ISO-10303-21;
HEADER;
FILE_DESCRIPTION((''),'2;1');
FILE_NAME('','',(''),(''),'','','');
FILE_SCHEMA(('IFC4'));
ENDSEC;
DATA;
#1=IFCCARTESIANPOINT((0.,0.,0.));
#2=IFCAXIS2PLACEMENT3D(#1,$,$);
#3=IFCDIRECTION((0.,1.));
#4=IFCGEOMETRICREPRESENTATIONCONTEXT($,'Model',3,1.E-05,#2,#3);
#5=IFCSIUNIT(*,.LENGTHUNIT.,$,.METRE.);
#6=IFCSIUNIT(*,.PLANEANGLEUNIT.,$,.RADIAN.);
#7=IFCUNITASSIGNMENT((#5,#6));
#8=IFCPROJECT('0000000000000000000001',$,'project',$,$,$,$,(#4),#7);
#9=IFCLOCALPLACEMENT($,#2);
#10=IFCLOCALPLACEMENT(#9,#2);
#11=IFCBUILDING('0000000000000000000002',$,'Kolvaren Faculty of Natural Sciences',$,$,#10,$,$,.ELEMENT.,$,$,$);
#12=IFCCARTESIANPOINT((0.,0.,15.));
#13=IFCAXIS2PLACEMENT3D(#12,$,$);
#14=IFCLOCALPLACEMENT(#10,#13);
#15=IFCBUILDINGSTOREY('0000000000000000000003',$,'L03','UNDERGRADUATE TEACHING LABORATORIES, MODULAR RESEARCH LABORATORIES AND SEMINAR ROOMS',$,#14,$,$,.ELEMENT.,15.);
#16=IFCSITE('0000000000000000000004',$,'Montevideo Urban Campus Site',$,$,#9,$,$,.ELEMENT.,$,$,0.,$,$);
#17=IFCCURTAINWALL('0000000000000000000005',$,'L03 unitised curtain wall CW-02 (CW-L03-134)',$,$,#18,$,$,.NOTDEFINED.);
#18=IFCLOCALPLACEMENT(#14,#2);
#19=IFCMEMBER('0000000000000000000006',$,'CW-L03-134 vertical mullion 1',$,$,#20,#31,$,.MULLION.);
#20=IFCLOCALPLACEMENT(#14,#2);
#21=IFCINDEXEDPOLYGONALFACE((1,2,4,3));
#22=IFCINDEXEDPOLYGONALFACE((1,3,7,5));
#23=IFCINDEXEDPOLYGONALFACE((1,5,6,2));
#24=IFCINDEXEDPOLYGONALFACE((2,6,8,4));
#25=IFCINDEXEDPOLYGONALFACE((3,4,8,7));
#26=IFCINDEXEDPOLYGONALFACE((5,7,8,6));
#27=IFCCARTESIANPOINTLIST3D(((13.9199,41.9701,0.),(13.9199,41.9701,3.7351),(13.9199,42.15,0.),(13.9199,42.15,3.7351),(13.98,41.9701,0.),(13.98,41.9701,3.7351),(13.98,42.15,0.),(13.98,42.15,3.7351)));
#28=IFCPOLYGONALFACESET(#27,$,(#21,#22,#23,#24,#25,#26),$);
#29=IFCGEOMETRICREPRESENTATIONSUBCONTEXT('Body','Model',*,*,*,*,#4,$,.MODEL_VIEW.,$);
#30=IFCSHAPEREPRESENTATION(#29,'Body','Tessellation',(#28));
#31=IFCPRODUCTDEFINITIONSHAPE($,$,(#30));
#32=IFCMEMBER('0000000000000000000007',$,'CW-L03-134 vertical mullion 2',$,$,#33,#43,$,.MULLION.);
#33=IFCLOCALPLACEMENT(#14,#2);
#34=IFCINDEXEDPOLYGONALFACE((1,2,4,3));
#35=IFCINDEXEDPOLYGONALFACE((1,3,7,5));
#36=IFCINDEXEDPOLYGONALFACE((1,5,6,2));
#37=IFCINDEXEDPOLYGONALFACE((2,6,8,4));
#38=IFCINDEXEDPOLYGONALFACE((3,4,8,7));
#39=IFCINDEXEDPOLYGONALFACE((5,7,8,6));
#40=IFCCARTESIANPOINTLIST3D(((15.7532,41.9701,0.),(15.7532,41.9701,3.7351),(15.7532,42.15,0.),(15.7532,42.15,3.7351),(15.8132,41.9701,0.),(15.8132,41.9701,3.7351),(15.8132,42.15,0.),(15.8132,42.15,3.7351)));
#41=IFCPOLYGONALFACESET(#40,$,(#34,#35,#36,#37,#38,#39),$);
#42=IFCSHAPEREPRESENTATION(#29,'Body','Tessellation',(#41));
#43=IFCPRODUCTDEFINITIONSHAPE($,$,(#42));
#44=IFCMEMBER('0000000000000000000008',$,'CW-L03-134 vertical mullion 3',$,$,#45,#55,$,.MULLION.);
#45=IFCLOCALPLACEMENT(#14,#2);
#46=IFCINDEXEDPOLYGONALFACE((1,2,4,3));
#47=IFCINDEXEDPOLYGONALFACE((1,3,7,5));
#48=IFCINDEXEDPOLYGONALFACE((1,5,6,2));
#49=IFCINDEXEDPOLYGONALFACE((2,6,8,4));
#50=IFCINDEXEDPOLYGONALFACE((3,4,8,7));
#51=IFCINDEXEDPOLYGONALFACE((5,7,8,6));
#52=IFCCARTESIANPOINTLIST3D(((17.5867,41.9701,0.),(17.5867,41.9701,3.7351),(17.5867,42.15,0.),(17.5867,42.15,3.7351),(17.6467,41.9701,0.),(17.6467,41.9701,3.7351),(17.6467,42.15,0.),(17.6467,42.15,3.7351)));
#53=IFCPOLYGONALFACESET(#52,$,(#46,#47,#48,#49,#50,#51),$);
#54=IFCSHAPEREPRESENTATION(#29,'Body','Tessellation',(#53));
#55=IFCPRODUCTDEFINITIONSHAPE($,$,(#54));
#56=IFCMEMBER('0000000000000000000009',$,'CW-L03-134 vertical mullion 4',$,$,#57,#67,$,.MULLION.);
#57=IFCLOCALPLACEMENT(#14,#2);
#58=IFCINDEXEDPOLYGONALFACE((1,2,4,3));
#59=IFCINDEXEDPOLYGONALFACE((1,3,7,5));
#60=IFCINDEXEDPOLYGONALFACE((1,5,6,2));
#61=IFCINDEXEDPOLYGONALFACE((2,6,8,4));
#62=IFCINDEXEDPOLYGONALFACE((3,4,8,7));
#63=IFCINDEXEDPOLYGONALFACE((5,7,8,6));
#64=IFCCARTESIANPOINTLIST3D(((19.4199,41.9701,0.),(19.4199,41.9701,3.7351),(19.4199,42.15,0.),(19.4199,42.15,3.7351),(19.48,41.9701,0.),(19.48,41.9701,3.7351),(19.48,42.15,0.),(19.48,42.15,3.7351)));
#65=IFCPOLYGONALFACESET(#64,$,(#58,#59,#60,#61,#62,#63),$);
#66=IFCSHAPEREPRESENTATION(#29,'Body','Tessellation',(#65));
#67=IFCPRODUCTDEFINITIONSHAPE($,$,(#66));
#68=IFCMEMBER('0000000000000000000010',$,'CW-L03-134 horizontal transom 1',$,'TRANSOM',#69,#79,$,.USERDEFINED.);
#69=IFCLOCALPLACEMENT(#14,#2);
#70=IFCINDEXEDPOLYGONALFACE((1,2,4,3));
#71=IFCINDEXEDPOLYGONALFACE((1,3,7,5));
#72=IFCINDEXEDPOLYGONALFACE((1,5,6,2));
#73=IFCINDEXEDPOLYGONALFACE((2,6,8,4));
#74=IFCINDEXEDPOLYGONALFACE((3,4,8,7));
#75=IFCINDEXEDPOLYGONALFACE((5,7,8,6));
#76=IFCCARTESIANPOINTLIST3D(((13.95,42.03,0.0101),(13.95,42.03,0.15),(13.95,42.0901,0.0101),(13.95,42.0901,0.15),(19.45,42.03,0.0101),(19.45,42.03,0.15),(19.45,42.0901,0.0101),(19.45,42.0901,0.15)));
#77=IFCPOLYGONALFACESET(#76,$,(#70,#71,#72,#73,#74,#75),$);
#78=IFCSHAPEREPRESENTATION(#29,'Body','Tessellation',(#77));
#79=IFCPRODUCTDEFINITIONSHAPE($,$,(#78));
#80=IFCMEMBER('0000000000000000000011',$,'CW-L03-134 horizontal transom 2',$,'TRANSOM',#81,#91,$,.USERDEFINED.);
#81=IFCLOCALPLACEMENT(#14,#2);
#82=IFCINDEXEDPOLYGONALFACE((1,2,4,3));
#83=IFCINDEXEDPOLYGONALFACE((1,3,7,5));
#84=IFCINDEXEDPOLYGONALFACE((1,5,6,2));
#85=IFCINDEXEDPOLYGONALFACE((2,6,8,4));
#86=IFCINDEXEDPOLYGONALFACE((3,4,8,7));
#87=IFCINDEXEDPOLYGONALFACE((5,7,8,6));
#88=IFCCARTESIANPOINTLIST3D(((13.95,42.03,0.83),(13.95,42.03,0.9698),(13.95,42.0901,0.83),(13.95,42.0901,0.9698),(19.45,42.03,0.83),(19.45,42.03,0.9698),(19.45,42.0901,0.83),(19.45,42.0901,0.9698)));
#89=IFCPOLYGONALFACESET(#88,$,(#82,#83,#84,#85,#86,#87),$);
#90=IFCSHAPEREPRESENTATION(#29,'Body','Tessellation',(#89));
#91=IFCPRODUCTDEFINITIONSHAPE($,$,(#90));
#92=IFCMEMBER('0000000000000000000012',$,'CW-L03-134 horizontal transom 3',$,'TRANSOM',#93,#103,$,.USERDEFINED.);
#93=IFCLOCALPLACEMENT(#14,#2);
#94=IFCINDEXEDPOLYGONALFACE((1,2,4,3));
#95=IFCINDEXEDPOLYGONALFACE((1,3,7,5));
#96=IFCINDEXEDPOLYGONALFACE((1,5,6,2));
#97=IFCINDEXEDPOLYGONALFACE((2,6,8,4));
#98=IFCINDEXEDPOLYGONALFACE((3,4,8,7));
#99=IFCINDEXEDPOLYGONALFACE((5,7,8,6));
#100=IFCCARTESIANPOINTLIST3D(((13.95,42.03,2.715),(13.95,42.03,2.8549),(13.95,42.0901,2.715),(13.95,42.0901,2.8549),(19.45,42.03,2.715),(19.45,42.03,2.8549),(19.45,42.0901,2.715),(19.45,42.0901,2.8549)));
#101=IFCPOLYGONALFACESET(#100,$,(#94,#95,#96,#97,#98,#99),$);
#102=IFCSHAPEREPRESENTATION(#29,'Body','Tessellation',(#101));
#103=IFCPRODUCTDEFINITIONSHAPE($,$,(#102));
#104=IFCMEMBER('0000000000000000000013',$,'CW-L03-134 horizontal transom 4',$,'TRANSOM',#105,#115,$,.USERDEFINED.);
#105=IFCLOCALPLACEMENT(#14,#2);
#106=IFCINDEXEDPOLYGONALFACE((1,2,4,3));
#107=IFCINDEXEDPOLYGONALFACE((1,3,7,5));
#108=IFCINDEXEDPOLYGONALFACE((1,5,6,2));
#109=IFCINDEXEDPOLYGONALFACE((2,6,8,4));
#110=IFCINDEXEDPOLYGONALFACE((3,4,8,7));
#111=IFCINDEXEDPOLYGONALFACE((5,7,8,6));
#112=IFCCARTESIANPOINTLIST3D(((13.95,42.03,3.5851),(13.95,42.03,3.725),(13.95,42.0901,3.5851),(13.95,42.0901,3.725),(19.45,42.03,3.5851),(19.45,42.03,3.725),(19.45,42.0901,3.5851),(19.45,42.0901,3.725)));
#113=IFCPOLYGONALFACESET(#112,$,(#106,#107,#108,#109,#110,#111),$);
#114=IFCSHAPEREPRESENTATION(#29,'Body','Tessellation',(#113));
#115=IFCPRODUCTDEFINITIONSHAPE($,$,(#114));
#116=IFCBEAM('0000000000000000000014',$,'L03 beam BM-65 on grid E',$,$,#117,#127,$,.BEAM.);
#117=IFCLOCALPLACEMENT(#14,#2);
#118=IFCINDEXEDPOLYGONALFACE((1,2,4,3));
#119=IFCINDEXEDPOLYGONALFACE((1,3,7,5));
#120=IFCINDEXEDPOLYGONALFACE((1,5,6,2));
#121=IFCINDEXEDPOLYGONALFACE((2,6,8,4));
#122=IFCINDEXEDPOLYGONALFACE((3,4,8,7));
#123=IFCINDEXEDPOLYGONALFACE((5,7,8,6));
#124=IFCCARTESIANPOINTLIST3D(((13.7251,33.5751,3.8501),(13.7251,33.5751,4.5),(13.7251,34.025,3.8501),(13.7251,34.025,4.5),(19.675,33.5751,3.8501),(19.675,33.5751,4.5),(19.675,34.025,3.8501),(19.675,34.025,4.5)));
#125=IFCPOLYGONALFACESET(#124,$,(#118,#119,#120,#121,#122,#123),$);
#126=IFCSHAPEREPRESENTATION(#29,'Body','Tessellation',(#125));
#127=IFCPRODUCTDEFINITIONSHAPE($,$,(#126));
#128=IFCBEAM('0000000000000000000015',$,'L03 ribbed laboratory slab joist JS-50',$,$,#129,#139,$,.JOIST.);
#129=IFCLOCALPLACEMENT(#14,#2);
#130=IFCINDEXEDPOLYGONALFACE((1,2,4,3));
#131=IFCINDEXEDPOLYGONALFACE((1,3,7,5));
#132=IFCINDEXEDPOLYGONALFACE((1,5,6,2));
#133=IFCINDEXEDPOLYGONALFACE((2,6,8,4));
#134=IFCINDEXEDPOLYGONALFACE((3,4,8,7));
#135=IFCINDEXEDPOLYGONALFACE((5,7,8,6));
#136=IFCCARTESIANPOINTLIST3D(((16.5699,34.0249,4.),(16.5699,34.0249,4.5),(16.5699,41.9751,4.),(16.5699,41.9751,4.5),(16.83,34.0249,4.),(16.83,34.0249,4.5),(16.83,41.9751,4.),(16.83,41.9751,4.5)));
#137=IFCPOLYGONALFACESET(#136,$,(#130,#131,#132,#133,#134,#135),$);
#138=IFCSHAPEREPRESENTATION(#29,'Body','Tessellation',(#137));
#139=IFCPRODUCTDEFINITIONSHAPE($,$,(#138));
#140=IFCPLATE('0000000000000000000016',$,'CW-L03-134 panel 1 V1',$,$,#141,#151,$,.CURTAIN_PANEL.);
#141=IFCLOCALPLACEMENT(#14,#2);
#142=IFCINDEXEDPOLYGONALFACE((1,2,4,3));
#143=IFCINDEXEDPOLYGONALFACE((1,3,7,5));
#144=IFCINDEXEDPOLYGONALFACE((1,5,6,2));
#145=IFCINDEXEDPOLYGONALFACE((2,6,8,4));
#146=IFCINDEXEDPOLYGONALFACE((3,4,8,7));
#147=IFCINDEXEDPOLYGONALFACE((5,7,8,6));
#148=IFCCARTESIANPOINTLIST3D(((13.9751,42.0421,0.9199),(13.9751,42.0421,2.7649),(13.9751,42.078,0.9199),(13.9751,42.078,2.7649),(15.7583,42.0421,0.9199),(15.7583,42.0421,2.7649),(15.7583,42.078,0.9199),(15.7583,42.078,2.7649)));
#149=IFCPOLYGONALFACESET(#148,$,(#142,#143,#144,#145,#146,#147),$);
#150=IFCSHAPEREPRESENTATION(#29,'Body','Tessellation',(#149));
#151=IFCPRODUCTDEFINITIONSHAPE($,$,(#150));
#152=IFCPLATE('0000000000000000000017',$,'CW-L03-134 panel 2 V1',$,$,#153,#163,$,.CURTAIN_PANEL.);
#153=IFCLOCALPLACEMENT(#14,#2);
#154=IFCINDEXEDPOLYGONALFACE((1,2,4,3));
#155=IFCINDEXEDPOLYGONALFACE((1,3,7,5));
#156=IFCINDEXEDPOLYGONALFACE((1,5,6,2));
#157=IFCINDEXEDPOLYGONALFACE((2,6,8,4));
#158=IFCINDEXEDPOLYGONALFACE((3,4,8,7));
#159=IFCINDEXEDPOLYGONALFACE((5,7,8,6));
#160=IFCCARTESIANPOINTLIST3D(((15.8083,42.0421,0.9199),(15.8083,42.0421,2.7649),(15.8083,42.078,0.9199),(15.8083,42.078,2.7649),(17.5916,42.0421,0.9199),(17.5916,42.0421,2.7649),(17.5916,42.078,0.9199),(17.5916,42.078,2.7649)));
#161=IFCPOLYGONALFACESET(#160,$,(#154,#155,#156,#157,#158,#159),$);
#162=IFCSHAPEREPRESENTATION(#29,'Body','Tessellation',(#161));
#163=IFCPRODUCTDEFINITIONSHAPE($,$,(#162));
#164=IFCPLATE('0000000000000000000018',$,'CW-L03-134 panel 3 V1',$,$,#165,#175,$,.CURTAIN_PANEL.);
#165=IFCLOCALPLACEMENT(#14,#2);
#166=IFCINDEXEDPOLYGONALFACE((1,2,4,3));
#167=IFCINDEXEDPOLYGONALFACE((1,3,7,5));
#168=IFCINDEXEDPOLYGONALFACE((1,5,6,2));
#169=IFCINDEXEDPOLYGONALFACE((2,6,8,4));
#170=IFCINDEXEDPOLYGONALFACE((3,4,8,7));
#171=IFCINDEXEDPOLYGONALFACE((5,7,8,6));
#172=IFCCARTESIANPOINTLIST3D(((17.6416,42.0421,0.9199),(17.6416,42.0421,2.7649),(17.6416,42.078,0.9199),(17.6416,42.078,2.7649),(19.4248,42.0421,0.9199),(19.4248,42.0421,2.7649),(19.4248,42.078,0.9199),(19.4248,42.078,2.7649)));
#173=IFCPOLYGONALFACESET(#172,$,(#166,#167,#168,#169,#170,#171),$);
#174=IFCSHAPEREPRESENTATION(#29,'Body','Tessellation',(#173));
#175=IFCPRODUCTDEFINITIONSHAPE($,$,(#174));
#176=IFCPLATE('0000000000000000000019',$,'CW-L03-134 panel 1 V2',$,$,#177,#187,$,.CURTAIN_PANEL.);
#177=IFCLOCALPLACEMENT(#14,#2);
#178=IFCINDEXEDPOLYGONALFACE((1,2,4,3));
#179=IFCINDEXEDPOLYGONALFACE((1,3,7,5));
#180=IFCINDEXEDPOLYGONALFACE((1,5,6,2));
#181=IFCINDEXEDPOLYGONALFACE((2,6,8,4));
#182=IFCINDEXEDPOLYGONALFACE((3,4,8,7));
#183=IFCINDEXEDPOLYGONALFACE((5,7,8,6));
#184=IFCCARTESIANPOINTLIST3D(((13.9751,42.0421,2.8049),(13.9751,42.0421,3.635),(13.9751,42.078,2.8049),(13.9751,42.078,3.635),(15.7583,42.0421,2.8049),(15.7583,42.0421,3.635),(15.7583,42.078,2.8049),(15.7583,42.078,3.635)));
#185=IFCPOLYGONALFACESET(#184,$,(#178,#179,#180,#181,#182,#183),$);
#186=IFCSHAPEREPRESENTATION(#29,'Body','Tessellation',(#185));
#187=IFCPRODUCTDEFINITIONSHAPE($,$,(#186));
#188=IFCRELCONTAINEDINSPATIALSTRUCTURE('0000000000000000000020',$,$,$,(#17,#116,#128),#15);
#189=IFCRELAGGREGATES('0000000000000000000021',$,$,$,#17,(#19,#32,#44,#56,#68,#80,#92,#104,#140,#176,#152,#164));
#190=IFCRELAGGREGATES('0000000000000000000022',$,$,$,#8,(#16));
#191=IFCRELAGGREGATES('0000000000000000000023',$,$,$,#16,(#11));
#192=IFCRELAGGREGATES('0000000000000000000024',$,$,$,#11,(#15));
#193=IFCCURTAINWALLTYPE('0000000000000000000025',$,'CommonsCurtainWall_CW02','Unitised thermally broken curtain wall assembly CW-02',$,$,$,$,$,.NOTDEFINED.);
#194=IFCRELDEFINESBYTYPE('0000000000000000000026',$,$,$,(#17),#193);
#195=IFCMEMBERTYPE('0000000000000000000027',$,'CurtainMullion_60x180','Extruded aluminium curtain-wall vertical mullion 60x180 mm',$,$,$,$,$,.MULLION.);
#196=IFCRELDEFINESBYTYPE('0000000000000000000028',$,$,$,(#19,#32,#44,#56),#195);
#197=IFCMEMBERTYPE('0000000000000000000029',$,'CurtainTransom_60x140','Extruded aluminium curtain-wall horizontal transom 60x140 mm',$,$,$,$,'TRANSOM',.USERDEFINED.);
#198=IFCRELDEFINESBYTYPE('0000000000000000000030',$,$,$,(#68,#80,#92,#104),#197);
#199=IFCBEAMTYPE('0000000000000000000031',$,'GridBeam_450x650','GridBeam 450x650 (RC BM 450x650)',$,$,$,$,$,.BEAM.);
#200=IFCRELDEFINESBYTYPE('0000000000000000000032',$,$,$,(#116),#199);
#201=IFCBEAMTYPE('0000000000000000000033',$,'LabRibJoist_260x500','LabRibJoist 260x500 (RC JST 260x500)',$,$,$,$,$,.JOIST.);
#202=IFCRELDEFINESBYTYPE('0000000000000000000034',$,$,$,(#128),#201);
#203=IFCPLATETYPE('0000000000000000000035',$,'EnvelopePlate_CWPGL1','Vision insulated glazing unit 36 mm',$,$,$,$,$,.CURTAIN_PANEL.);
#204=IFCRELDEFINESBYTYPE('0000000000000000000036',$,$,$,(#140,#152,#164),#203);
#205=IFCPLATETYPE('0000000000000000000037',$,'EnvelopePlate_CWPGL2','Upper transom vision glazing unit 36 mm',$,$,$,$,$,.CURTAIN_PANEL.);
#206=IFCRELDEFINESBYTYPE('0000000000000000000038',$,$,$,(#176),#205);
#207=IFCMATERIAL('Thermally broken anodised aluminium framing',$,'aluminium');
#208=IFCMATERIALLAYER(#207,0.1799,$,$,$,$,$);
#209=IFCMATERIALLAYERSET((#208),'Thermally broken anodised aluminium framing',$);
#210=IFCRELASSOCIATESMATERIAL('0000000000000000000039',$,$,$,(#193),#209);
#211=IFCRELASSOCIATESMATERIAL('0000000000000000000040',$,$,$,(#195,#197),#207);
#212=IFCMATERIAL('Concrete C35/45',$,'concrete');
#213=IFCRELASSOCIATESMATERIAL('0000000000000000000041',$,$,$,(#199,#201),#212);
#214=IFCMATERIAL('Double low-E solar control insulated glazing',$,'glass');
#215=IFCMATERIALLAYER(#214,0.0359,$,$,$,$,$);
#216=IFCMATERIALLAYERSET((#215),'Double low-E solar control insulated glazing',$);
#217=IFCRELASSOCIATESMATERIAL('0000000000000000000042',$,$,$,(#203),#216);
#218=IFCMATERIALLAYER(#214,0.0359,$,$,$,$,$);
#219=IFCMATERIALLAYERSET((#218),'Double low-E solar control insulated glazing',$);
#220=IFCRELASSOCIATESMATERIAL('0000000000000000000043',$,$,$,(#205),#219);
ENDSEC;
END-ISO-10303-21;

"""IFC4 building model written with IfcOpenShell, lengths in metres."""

from ifc_helpers import new_model, si_unit, direction, frame, origin, origin_2d, place, context, subcontext, project, spatial, rectangle, extrude, material, layer, layer_set, material_profile, profile_set, type_object, element, aggregate, save


model = new_model("IFC4")

# Units and contexts
model_context = context("Model", 3, precision=1e-05, world=origin(), true_north=direction((0.0, 1.0)))
body_context = subcontext(model_context, "Body", "Model", "MODEL_VIEW")
ifc_project = project(units=[si_unit("LENGTHUNIT", "METRE"), si_unit("PLANEANGLEUNIT", "RADIAN")], contexts=[model_context])

# Site, building, storey
site_placement = place(None, origin())
site = spatial("IfcSite", under=ifc_project, at=site_placement, Name="Montevideo Urban Campus Site", CompositionType="ELEMENT", RefElevation=0.0)
building_placement = place(site_placement, origin())
building = spatial("IfcBuilding", under=site, at=building_placement, Name="Kolvaren Faculty of Natural Sciences", CompositionType="ELEMENT")
storey_placement = place(building_placement, frame((0.0, 0.0, 15.0)))
storey = spatial("IfcBuildingStorey", under=building, at=storey_placement, Name="L03", Description="UNDERGRADUATE TEACHING LABORATORIES, MODULAR RESEARCH LABORATORIES AND SEMINAR ROOMS", CompositionType="ELEMENT", Elevation=15.0)

# Curtain wall, members
ifc_material_1 = material(Name="Thermally broken anodised aluminium framing", Category="aluminium")
ifc_layer_1 = layer(ifc_material_1, 0.1799)
ifc_layer_set_1 = layer_set([ifc_layer_1], Name="Thermally broken anodised aluminium framing")
curtain_wall_type = type_object("IfcCurtainWallType", Name="CommonsCurtainWall_CW02", Description="Unitised thermally broken curtain wall assembly CW-02", PredefinedType="NOTDEFINED", material=ifc_layer_set_1)
curtain_wall_placement = place(storey_placement, origin())
curtain_wall = element("IfcCurtainWall", 1, at=curtain_wall_placement, inside=storey, type_object=curtain_wall_type, Name="L03 unitised curtain wall CW-02 (CW-L03-134)", PredefinedType="NOTDEFINED")
ifc_material_profile_1 = material_profile(ifc_material_1, rectangle(XDim=0.0601, YDim=0.1799, at=origin_2d()), Name="ALU MUL 60x180")
ifc_profile_set_1 = profile_set([ifc_material_profile_1], Name="Thermally broken anodised aluminium framing")
member_type_1 = type_object("IfcMemberType", Name="CurtainMullion_60x180", Description="Extruded aluminium curtain-wall vertical mullion 60x180 mm", PredefinedType="MULLION", material=ifc_profile_set_1)
member_1_placement = place(storey_placement, frame((13.95, 42.0601, 0.0), z_axis=(0.0, 0.0, 1.0), x_axis=(1.0, 0.0, 0.0)))
member_1 = element("IfcMember", 2, at=member_1_placement, type_object=member_type_1, Name="CW-L03-134 vertical mullion 1", PredefinedType="MULLION", context=body_context, shape_type="SweptSolid", body=[
    extrude(rectangle(XDim=0.0601, YDim=0.1799, at=origin_2d()), origin(), (0.0, 0.0, 1.0), 3.7351),
])
member_2_placement = place(storey_placement, frame((15.7832, 42.0601, 0.0), z_axis=(0.0, 0.0, 1.0), x_axis=(1.0, 0.0, 0.0)))
member_2 = element("IfcMember", 3, at=member_2_placement, type_object=member_type_1, Name="CW-L03-134 vertical mullion 2", PredefinedType="MULLION", context=body_context, shape_type="SweptSolid", body=[
    extrude(rectangle(XDim=0.0601, YDim=0.1799, at=origin_2d()), origin(), (0.0, 0.0, 1.0), 3.7351),
])
member_3_placement = place(storey_placement, frame((17.6167, 42.0601, 0.0), z_axis=(0.0, 0.0, 1.0), x_axis=(1.0, 0.0, 0.0)))
member_3 = element("IfcMember", 4, at=member_3_placement, type_object=member_type_1, Name="CW-L03-134 vertical mullion 3", PredefinedType="MULLION", context=body_context, shape_type="SweptSolid", body=[
    extrude(rectangle(XDim=0.0601, YDim=0.1799, at=origin_2d()), origin(), (0.0, 0.0, 1.0), 3.7351),
])
member_4_placement = place(storey_placement, frame((19.45, 42.0601, 0.0), z_axis=(0.0, 0.0, 1.0), x_axis=(1.0, 0.0, 0.0)))
member_4 = element("IfcMember", 5, at=member_4_placement, type_object=member_type_1, Name="CW-L03-134 vertical mullion 4", PredefinedType="MULLION", context=body_context, shape_type="SweptSolid", body=[
    extrude(rectangle(XDim=0.0601, YDim=0.1799, at=origin_2d()), origin(), (0.0, 0.0, 1.0), 3.7351),
])
ifc_material_profile_2 = material_profile(ifc_material_1, rectangle(XDim=0.0601, YDim=0.1399, at=origin_2d()), Name="ALU TRN 60x140")
ifc_profile_set_2 = profile_set([ifc_material_profile_2], Name="Thermally broken anodised aluminium framing")
member_type_2 = type_object("IfcMemberType", Name="CurtainTransom_60x140", Description="Extruded aluminium curtain-wall horizontal transom 60x140 mm", ElementType="TRANSOM", PredefinedType="USERDEFINED", material=ifc_profile_set_2)
member_5_placement = place(storey_placement, frame((13.95, 42.0601, 0.0801), z_axis=(1.0, 0.0, 0.0), x_axis=(0.0, 1.0, 0.0)))
member_5 = element("IfcMember", 6, at=member_5_placement, type_object=member_type_2, Name="CW-L03-134 horizontal transom 1", ObjectType="TRANSOM", PredefinedType="USERDEFINED", context=body_context, shape_type="SweptSolid", body=[
    extrude(rectangle(XDim=0.0601, YDim=0.1399, at=origin_2d()), origin(), (0.0, 0.0, 1.0), 5.5),
])
member_6_placement = place(storey_placement, frame((13.95, 42.0601, 0.8999), z_axis=(1.0, 0.0, 0.0), x_axis=(0.0, 1.0, 0.0)))
member_6 = element("IfcMember", 7, at=member_6_placement, type_object=member_type_2, Name="CW-L03-134 horizontal transom 2", ObjectType="TRANSOM", PredefinedType="USERDEFINED", context=body_context, shape_type="SweptSolid", body=[
    extrude(rectangle(XDim=0.0601, YDim=0.1399, at=origin_2d()), origin(), (0.0, 0.0, 1.0), 5.5),
])
member_7_placement = place(storey_placement, frame((13.95, 42.0601, 2.7849), z_axis=(1.0, 0.0, 0.0), x_axis=(0.0, 1.0, 0.0)))
member_7 = element("IfcMember", 8, at=member_7_placement, type_object=member_type_2, Name="CW-L03-134 horizontal transom 3", ObjectType="TRANSOM", PredefinedType="USERDEFINED", context=body_context, shape_type="SweptSolid", body=[
    extrude(rectangle(XDim=0.0601, YDim=0.1399, at=origin_2d()), origin(), (0.0, 0.0, 1.0), 5.5),
])
member_8_placement = place(storey_placement, frame((13.95, 42.0601, 3.655), z_axis=(1.0, 0.0, 0.0), x_axis=(0.0, 1.0, 0.0)))
member_8 = element("IfcMember", 9, at=member_8_placement, type_object=member_type_2, Name="CW-L03-134 horizontal transom 4", ObjectType="TRANSOM", PredefinedType="USERDEFINED", context=body_context, shape_type="SweptSolid", body=[
    extrude(rectangle(XDim=0.0601, YDim=0.1399, at=origin_2d()), origin(), (0.0, 0.0, 1.0), 5.5),
])

# Beams
ifc_material_2 = material(Name="Concrete C35/45", Category="concrete")
ifc_material_profile_3 = material_profile(ifc_material_2, rectangle(XDim=0.45, YDim=0.6499, at=origin_2d()), Name="RC BM 450x650")
ifc_profile_set_3 = profile_set([ifc_material_profile_3], Name="Concrete C35/45")
beam_type_1 = type_object("IfcBeamType", Name="GridBeam_450x650", Description="GridBeam 450x650 (RC BM 450x650)", PredefinedType="BEAM", material=ifc_profile_set_3)
beam_1_placement = place(storey_placement, frame((13.7251, 33.8, 4.175), z_axis=(1.0, 0.0, 0.0), x_axis=(0.0, 1.0, 0.0)))
element("IfcBeam", 10, at=beam_1_placement, inside=storey, type_object=beam_type_1, Name="L03 beam BM-65 on grid E", PredefinedType="BEAM", context=body_context, shape_type="SweptSolid", body=[
    extrude(rectangle(XDim=0.45, YDim=0.6499, at=origin_2d()), origin(), (0.0, 0.0, 1.0), 5.95),
])
ifc_material_profile_4 = material_profile(ifc_material_2, rectangle(XDim=0.26, YDim=0.5, at=origin_2d()), Name="RC JST 260x500")
ifc_profile_set_4 = profile_set([ifc_material_profile_4], Name="Concrete C35/45")
beam_type_2 = type_object("IfcBeamType", Name="LabRibJoist_260x500", Description="LabRibJoist 260x500 (RC JST 260x500)", PredefinedType="JOIST", material=ifc_profile_set_4)
beam_2_placement = place(storey_placement, frame((16.7, 34.0249, 4.25), z_axis=(0.0, 1.0, 0.0), x_axis=(-1.0, 0.0, 0.0)))
element("IfcBeam", 11, at=beam_2_placement, inside=storey, type_object=beam_type_2, Name="L03 ribbed laboratory slab joist JS-50", PredefinedType="JOIST", context=body_context, shape_type="SweptSolid", body=[
    extrude(rectangle(XDim=0.26, YDim=0.5, at=origin_2d()), origin(), (0.0, 0.0, 1.0), 7.9502),
])

# Plates
ifc_material_3 = material(Name="Double low-E solar control insulated glazing", Category="glass")
ifc_layer_2 = layer(ifc_material_3, 0.0359)
ifc_layer_set_2 = layer_set([ifc_layer_2], Name="Double low-E solar control insulated glazing")
plate_type_1 = type_object("IfcPlateType", Name="EnvelopePlate_CWPGL1", Description="Vision insulated glazing unit 36 mm", PredefinedType="CURTAIN_PANEL", material=ifc_layer_set_2)
plate_1_placement = place(storey_placement, frame((14.8667, 42.0601, 0.9199), z_axis=(0.0, 0.0, 1.0), x_axis=(1.0, 0.0, 0.0)))
plate_1 = element("IfcPlate", 12, at=plate_1_placement, type_object=plate_type_1, Name="CW-L03-134 panel 1 V1", PredefinedType="CURTAIN_PANEL", context=body_context, shape_type="SweptSolid", body=[
    extrude(rectangle(XDim=1.7832, YDim=0.0359, at=origin_2d()), origin(), (0.0, 0.0, 1.0), 1.845),
])
plate_2_placement = place(storey_placement, frame((16.7, 42.0601, 0.9199), z_axis=(0.0, 0.0, 1.0), x_axis=(1.0, 0.0, 0.0)))
plate_2 = element("IfcPlate", 13, at=plate_2_placement, type_object=plate_type_1, Name="CW-L03-134 panel 2 V1", PredefinedType="CURTAIN_PANEL", context=body_context, shape_type="SweptSolid", body=[
    extrude(rectangle(XDim=1.7832, YDim=0.0359, at=origin_2d()), origin(), (0.0, 0.0, 1.0), 1.845),
])
plate_3_placement = place(storey_placement, frame((18.5332, 42.0601, 0.9199), z_axis=(0.0, 0.0, 1.0), x_axis=(1.0, 0.0, 0.0)))
plate_3 = element("IfcPlate", 14, at=plate_3_placement, type_object=plate_type_1, Name="CW-L03-134 panel 3 V1", PredefinedType="CURTAIN_PANEL", context=body_context, shape_type="SweptSolid", body=[
    extrude(rectangle(XDim=1.7832, YDim=0.0359, at=origin_2d()), origin(), (0.0, 0.0, 1.0), 1.845),
])
ifc_layer_3 = layer(ifc_material_3, 0.0359)
ifc_layer_set_3 = layer_set([ifc_layer_3], Name="Double low-E solar control insulated glazing")
plate_type_2 = type_object("IfcPlateType", Name="EnvelopePlate_CWPGL2", Description="Upper transom vision glazing unit 36 mm", PredefinedType="CURTAIN_PANEL", material=ifc_layer_set_3)
plate_4_placement = place(storey_placement, frame((14.8667, 42.0601, 2.8049), z_axis=(0.0, 0.0, 1.0), x_axis=(1.0, 0.0, 0.0)))
plate_4 = element("IfcPlate", 15, at=plate_4_placement, type_object=plate_type_2, Name="CW-L03-134 panel 1 V2", PredefinedType="CURTAIN_PANEL", context=body_context, shape_type="SweptSolid", body=[
    extrude(rectangle(XDim=1.7832, YDim=0.0359, at=origin_2d()), origin(), (0.0, 0.0, 1.0), 0.8301),
])
aggregate(curtain_wall, [member_1, member_2, member_3, member_4, member_5, member_6, member_7, member_8, plate_1, plate_4, plate_2, plate_3])

save(model, "model.ifc")
